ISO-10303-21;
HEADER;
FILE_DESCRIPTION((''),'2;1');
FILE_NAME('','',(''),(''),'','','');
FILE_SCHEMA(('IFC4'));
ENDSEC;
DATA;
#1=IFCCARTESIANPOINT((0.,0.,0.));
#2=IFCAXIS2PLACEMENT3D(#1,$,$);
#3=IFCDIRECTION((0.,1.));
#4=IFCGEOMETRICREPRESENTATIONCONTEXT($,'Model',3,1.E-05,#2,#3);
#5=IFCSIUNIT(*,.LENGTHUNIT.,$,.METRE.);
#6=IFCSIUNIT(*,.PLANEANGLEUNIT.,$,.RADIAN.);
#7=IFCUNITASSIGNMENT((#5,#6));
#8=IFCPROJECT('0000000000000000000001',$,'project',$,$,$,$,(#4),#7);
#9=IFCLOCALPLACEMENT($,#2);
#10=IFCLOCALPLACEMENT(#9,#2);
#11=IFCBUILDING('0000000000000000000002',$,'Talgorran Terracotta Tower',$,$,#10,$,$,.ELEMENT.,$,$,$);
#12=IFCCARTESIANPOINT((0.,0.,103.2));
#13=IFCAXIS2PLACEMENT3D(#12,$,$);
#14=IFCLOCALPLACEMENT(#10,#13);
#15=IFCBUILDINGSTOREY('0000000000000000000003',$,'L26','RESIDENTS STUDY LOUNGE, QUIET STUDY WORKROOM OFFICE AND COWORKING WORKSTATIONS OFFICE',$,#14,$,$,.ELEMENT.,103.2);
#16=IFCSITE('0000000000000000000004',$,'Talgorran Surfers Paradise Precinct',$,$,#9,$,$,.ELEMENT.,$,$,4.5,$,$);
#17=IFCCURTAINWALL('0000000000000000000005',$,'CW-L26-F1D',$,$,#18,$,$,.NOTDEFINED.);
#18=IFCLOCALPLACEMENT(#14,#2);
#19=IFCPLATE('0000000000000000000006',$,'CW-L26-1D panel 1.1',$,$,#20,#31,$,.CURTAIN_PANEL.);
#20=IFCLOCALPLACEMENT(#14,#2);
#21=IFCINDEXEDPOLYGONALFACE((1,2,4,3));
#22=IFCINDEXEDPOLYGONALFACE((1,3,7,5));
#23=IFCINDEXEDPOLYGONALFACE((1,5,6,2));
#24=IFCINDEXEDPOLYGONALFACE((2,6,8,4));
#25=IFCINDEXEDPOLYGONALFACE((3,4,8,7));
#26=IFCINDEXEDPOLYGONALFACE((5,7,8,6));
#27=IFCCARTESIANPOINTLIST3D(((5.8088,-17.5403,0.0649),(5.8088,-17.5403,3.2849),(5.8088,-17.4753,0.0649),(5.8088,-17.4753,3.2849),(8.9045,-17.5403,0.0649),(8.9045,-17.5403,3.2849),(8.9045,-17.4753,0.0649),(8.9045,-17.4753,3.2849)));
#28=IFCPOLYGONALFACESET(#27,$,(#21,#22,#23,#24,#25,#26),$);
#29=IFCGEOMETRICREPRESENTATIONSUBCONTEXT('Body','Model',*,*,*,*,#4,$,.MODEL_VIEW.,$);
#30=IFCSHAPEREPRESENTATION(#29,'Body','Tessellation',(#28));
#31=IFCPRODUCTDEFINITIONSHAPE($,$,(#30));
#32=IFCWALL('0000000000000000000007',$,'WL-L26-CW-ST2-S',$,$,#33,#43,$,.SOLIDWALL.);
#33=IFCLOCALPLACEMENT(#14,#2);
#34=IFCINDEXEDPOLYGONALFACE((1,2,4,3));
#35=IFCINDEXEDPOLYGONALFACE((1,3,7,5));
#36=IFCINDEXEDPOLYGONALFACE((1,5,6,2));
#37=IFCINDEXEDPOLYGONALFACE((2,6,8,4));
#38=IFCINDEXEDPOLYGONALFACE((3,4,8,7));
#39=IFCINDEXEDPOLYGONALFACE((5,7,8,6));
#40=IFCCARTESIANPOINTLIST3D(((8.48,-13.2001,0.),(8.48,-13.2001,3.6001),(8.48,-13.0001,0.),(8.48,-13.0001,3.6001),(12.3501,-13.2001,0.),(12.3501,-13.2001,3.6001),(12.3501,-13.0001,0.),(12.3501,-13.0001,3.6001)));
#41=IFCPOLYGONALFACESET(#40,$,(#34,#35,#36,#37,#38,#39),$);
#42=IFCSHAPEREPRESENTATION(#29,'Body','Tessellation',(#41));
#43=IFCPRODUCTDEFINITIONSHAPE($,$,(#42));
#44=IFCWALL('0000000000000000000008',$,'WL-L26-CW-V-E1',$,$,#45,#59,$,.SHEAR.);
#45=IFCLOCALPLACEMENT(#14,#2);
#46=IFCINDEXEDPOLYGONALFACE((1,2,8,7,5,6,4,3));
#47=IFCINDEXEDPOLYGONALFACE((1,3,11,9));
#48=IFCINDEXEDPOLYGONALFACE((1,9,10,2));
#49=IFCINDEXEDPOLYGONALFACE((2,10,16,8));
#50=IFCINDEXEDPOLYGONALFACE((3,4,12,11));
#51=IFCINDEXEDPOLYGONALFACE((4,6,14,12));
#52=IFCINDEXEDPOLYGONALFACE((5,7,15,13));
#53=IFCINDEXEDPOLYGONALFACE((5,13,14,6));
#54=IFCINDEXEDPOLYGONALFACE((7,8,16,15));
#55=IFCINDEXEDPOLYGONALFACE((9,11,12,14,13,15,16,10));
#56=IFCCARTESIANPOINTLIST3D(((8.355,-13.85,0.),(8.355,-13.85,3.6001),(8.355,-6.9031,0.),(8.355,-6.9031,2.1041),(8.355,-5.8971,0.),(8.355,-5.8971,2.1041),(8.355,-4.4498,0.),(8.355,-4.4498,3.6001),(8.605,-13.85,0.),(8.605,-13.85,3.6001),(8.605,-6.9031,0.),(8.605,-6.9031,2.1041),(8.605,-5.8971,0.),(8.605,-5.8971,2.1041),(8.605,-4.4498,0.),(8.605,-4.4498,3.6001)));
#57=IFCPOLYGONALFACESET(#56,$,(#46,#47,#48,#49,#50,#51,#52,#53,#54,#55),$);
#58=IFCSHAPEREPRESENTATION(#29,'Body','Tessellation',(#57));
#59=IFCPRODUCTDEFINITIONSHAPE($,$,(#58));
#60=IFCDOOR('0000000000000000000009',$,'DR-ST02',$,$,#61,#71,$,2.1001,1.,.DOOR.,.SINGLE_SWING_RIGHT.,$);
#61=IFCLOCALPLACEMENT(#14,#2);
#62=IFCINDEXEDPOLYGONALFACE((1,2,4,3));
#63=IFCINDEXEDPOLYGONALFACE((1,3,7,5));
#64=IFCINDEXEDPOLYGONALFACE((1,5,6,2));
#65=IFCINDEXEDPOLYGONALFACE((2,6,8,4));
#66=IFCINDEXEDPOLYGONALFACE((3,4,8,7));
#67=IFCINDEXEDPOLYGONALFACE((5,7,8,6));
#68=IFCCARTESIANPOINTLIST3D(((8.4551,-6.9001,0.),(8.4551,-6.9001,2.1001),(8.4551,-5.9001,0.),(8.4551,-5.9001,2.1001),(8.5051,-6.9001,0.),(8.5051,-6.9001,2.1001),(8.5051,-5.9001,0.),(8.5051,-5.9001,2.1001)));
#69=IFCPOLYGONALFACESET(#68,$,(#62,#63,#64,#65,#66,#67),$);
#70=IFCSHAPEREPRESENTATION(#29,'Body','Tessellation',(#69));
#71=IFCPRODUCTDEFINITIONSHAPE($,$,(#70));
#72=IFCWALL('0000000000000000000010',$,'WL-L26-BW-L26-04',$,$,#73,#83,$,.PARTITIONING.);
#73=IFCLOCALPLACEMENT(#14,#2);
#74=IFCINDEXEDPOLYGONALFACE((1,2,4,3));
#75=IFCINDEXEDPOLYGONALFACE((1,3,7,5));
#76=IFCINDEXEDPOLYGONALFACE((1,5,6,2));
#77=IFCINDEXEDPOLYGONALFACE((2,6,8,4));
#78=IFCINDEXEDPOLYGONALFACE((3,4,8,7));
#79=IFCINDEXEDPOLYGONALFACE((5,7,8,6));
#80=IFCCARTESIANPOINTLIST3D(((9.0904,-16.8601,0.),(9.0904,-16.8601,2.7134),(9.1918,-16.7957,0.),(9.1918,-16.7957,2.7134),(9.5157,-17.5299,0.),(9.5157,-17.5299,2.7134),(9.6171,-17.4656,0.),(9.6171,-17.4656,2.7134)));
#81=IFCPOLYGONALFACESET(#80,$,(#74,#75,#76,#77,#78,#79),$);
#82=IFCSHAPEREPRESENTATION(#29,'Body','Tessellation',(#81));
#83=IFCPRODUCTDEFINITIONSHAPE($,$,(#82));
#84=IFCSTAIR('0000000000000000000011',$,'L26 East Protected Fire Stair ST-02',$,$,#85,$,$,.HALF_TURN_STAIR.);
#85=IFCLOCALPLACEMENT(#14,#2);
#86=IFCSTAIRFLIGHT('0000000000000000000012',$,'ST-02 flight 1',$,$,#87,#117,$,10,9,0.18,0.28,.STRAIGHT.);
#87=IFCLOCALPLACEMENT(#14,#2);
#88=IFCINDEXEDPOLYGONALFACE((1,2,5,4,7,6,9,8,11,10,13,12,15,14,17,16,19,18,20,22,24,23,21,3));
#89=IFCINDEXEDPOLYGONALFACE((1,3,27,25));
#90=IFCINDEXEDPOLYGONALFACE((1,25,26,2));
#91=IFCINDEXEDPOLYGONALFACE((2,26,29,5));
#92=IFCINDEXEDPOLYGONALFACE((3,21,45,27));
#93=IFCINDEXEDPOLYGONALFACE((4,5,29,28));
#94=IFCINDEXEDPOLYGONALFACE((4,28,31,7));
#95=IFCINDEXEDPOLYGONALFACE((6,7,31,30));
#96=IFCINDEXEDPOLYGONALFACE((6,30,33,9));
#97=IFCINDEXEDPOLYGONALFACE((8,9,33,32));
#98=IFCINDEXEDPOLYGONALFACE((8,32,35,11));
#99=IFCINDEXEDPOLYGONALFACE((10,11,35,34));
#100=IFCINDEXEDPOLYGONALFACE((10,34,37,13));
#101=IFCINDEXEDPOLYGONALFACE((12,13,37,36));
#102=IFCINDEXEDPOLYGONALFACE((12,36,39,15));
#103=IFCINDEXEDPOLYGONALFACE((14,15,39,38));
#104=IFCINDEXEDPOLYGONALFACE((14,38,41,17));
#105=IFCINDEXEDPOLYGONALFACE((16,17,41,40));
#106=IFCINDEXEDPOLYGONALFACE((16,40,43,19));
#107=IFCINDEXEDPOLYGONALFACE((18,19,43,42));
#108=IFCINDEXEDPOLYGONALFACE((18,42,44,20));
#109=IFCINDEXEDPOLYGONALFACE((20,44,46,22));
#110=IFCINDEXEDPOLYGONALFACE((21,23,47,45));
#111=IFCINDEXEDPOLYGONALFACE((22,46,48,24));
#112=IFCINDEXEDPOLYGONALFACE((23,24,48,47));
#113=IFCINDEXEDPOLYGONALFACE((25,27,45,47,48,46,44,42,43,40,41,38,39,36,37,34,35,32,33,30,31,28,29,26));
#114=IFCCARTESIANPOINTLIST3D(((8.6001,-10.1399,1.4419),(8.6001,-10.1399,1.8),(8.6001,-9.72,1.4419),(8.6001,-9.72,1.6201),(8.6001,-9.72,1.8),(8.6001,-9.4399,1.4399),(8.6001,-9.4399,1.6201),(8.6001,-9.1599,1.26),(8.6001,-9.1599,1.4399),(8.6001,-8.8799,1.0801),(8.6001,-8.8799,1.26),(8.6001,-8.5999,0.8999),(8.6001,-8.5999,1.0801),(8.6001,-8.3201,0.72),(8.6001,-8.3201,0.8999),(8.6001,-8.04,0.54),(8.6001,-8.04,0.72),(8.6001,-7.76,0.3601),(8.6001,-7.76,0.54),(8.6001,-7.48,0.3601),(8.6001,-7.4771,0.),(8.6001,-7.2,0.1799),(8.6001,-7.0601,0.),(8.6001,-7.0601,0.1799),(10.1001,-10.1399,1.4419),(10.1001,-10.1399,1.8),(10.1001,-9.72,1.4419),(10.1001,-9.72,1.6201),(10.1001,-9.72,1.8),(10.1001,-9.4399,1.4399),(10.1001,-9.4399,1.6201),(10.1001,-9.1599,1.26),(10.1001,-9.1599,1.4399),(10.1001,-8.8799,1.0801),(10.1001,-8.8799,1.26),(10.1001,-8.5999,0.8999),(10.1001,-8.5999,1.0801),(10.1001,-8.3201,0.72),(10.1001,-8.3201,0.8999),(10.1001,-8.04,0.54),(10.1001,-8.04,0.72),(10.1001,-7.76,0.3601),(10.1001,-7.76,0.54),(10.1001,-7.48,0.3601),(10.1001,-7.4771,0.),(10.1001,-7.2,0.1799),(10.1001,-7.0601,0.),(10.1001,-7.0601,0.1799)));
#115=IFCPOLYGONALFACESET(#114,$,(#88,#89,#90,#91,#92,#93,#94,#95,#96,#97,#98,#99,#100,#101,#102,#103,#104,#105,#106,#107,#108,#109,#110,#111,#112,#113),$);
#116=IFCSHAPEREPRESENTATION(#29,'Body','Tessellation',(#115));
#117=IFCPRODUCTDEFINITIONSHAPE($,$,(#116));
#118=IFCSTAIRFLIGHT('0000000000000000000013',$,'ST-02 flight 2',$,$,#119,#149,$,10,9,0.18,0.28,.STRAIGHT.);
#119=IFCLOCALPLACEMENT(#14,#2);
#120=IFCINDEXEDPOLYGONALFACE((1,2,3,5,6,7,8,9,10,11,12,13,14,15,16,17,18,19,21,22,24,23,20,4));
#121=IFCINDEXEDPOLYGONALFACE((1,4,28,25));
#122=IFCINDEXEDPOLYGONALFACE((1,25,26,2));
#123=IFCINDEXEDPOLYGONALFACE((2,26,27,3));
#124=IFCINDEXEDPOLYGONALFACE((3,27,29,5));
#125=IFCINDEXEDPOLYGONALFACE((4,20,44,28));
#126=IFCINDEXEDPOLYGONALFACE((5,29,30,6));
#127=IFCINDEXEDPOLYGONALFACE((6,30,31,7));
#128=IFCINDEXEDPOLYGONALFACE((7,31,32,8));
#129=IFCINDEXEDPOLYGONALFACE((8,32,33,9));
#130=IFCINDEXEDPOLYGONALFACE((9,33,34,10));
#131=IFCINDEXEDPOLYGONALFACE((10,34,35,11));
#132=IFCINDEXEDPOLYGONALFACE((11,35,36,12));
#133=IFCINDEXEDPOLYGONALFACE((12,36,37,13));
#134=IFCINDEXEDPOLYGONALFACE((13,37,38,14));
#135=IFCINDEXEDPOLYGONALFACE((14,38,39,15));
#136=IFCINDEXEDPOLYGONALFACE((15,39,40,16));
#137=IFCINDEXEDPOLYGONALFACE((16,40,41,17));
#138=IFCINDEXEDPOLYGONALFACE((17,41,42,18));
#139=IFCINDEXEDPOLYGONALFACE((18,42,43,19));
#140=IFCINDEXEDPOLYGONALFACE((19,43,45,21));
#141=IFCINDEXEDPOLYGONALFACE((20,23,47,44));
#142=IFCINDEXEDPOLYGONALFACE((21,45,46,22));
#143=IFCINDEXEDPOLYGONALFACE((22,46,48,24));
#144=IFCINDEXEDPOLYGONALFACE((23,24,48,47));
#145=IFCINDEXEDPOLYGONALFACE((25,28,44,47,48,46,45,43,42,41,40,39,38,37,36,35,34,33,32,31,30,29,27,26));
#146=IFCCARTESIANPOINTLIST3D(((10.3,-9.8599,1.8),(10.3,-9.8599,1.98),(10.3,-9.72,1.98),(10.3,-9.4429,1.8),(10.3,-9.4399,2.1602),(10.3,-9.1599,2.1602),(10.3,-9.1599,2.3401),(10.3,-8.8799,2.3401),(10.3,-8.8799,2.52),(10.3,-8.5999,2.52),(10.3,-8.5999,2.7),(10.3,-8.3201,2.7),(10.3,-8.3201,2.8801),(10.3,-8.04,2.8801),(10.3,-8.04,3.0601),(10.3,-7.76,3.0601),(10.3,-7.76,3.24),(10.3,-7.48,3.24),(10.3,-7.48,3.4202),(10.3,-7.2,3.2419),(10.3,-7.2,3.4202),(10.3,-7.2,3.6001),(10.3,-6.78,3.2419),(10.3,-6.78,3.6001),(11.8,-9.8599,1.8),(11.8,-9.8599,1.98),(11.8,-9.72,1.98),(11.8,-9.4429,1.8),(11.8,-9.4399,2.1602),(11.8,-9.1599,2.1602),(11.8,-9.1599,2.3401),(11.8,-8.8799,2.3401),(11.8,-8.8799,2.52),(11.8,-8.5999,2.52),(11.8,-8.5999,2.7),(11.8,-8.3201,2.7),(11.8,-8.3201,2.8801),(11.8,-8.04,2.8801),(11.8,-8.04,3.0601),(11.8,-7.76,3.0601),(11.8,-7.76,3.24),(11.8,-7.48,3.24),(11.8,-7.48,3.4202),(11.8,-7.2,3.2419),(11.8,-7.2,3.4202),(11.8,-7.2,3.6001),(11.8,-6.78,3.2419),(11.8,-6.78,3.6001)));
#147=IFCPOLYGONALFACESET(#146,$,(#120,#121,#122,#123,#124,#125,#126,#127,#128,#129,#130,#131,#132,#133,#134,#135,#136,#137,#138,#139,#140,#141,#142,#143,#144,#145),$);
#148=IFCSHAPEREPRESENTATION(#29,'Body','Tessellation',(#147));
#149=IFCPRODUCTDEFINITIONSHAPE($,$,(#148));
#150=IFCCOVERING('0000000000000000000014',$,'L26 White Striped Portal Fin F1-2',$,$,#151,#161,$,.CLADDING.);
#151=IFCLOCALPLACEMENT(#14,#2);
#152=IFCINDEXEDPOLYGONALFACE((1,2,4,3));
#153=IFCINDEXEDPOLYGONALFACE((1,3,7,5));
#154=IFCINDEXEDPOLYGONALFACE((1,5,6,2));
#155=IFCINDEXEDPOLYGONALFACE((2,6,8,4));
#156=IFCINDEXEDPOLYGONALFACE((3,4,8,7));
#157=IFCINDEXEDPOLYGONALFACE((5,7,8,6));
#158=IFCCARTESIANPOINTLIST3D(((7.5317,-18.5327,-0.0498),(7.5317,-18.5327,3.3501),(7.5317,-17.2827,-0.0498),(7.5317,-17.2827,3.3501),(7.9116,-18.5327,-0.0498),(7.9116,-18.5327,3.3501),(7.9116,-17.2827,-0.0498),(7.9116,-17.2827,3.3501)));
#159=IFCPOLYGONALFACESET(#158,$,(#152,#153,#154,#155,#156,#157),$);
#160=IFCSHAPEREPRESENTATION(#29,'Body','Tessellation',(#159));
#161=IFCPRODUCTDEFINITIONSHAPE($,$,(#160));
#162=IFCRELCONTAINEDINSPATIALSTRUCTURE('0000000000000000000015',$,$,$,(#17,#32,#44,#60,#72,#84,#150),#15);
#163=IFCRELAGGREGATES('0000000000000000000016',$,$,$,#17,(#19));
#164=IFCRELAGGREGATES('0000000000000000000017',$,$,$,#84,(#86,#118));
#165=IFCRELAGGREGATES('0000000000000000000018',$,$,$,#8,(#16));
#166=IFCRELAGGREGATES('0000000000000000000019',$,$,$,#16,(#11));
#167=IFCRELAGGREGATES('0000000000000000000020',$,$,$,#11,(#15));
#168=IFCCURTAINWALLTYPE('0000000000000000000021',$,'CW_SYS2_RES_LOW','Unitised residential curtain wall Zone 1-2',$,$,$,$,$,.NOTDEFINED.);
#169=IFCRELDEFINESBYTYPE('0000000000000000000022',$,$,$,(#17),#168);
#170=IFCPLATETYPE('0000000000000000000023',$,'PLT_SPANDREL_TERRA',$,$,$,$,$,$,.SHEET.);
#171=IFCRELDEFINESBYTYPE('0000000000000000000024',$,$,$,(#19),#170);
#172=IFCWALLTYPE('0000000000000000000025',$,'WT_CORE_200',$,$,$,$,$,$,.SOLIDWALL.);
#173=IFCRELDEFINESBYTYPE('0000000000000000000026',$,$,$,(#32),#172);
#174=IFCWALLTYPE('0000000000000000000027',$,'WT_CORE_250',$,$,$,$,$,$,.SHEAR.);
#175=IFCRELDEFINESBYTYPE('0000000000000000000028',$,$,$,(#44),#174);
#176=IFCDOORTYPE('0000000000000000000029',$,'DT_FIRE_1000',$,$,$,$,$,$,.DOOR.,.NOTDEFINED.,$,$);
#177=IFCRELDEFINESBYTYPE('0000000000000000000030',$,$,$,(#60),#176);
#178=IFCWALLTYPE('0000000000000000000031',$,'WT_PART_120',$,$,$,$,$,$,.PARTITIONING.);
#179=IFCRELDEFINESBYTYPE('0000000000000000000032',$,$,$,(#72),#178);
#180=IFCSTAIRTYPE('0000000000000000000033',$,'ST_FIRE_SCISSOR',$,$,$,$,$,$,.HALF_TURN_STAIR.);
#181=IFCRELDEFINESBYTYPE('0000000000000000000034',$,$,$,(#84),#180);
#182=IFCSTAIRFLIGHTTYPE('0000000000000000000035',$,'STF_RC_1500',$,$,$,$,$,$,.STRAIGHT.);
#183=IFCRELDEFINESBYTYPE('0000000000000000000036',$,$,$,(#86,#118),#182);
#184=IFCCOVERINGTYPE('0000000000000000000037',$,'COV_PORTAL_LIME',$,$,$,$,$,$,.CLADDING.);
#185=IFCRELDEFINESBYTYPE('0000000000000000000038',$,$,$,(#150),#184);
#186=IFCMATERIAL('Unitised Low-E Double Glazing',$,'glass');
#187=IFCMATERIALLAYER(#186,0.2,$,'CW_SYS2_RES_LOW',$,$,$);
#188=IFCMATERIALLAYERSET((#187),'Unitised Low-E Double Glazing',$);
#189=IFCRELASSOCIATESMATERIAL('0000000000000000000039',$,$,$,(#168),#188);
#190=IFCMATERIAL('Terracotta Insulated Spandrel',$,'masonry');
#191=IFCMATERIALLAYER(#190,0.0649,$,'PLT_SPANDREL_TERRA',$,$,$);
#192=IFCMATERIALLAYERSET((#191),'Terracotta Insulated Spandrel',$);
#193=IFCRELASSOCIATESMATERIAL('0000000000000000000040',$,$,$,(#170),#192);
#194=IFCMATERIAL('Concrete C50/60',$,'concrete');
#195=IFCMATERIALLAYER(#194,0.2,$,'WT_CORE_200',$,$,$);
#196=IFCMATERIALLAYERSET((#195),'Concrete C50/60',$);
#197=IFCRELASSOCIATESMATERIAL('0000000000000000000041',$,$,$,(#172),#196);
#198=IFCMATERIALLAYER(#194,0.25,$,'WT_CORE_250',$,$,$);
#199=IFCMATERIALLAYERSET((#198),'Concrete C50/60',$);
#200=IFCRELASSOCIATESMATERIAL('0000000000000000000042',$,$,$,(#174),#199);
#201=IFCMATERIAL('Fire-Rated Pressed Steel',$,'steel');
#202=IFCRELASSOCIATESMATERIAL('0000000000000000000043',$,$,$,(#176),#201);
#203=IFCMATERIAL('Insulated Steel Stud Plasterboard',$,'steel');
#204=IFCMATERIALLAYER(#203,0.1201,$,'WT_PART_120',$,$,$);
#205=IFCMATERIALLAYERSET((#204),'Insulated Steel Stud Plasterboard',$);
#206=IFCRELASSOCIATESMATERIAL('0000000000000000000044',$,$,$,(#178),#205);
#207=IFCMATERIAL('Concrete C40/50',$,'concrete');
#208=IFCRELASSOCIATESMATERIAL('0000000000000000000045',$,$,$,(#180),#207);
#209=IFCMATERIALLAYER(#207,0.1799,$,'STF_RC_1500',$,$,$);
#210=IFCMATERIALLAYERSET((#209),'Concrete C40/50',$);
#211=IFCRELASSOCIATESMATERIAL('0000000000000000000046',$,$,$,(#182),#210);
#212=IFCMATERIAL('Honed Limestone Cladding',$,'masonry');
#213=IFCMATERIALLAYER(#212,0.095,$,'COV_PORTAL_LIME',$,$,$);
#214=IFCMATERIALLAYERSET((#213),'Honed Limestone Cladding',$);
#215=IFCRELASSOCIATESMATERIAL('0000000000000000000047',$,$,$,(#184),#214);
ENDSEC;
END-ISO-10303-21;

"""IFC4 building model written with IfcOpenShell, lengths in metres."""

from ifc_helpers import new_model, si_unit, direction, frame, frame_2d, origin, origin_2d, place, context, subcontext, project, spatial, polyline, rectangle, outline, extrude, source, transform, mapped, material, layer, layer_set, type_object, type_shapes, element, fill, aggregate, save


model = new_model("IFC4")

# Units and contexts
model_context = context("Model", 3, precision=1e-05, world=origin(), true_north=direction((0.0, 1.0)))
body_context = subcontext(model_context, "Body", "Model", "MODEL_VIEW")
ifc_project = project(units=[si_unit("LENGTHUNIT", "METRE"), si_unit("PLANEANGLEUNIT", "RADIAN")], contexts=[model_context])

# Site, building, storey
site_placement = place(None, origin())
site = spatial("IfcSite", under=ifc_project, at=site_placement, Name="Talgorran Surfers Paradise Precinct", CompositionType="ELEMENT", RefElevation=4.5)
building_placement = place(site_placement, origin())
building = spatial("IfcBuilding", under=site, at=building_placement, Name="Talgorran Terracotta Tower", CompositionType="ELEMENT")
storey_placement = place(building_placement, frame((0.0, 0.0, 103.2)))
storey = spatial("IfcBuildingStorey", under=building, at=storey_placement, Name="L26", Description="RESIDENTS STUDY LOUNGE, QUIET STUDY WORKROOM OFFICE AND COWORKING WORKSTATIONS OFFICE", CompositionType="ELEMENT", Elevation=103.2)

# Curtain wall
ifc_material_1 = material(Name="Unitised Low-E Double Glazing", Category="glass")
ifc_layer_1 = layer(ifc_material_1, 0.2, Name="CW_SYS2_RES_LOW")
ifc_layer_set_1 = layer_set([ifc_layer_1], Name="Unitised Low-E Double Glazing")
curtain_wall_type = type_object("IfcCurtainWallType", Name="CW_SYS2_RES_LOW", Description="Unitised residential curtain wall Zone 1-2", PredefinedType="NOTDEFINED", material=ifc_layer_set_1)
curtain_wall_1_placement = place(storey_placement, origin())
curtain_wall_1 = element("IfcCurtainWall", 1, at=curtain_wall_1_placement, inside=storey, type_object=curtain_wall_type, Name="CW-L26-F1D", PredefinedType="NOTDEFINED")

# Plate
ifc_material_2 = material(Name="Terracotta Insulated Spandrel", Category="masonry")
ifc_layer_2 = layer(ifc_material_2, 0.0649, Name="PLT_SPANDREL_TERRA")
ifc_layer_set_2 = layer_set([ifc_layer_2], Name="Terracotta Insulated Spandrel")
plate_type_1 = type_object("IfcPlateType", Name="PLT_SPANDREL_TERRA", PredefinedType="SHEET", material=ifc_layer_set_2)
shared_shape = source(origin(), body_context, "Body", "SweptSolid", [
    extrude(rectangle(XDim=3.0957, YDim=0.0649, at=origin_2d()), origin(), (0.0, 0.0, 1.0), 3.22),
])
type_shapes(plate_type_1, [shared_shape])
plate_1_placement = place(storey_placement, frame((7.3567, -17.5078, 0.0649), z_axis=(0.0, 0.0, 1.0), x_axis=(1.0, 0.0, 0.0)))
plate_1 = element("IfcPlate", 2, at=plate_1_placement, type_object=plate_type_1, Name="CW-L26-1D panel 1.1", PredefinedType="CURTAIN_PANEL", context=body_context, shape_type="MappedRepresentation", body=[
    mapped(shared_shape, transform((0.0, 0.0, 0.0), scale=1.0)),
])
aggregate(curtain_wall_1, [plate_1])

# Wall
ifc_material_3 = material(Name="Concrete C50/60", Category="concrete")
ifc_layer_3 = layer(ifc_material_3, 0.2, Name="WT_CORE_200")
ifc_layer_set_3 = layer_set([ifc_layer_3], Name="Concrete C50/60")
wall_type_1 = type_object("IfcWallType", Name="WT_CORE_200", PredefinedType="SOLIDWALL", material=ifc_layer_set_3)
wall_1_placement = place(storey_placement, frame((8.48, -13.1001, 0.0), z_axis=(0.0, 0.0, 1.0), x_axis=(1.0, 0.0, 0.0)))
element("IfcWall", 3, at=wall_1_placement, inside=storey, type_object=wall_type_1, Name="WL-L26-CW-ST2-S", PredefinedType="SOLIDWALL", context=body_context, shape_type="SweptSolid", body=[
    extrude(rectangle(XDim=3.8701, YDim=0.2, at=frame_2d((1.9351, 0.0))), origin(), (0.0, 0.0, 1.0), 3.6001),
])

# Wall, opening, door
ifc_layer_4 = layer(ifc_material_3, 0.25, Name="WT_CORE_250")
ifc_layer_set_4 = layer_set([ifc_layer_4], Name="Concrete C50/60")
wall_type_2 = type_object("IfcWallType", Name="WT_CORE_250", PredefinedType="SHEAR", material=ifc_layer_set_4)
wall_2_placement = place(storey_placement, frame((8.48, -13.8501, 0.0), z_axis=(0.0, 0.0, 1.0), x_axis=(0.0, 1.0, 0.0)))
wall_2 = element("IfcWall", 4, at=wall_2_placement, inside=storey, type_object=wall_type_2, Name="WL-L26-CW-V-E1", PredefinedType="SHEAR", context=body_context, shape_type="SweptSolid", body=[
    extrude(rectangle(XDim=9.4001, YDim=0.25, at=frame_2d((4.7002, 0.0))), origin(), (0.0, 0.0, 1.0), 3.6001),
])
opening_placement = place(wall_2_placement, frame((6.95, 0.0, 0.0)))
opening = element("IfcOpeningElement", 5, at=opening_placement, cuts=wall_2, PredefinedType="OPENING", context=body_context, shape_type="SweptSolid", body=[
    extrude(rectangle(XDim=1.006, YDim=2.1041, at=frame_2d((0.5, 1.052))), frame((0.0, 0.135, 0.0), z_axis=(0.0, -1.0, 0.0), x_axis=(1.0, 0.0, 0.0)), (0.0, 0.0, 1.0), 0.27),
])
ifc_material_4 = material(Name="Fire-Rated Pressed Steel", Category="steel")
door_type = type_object("IfcDoorType", Name="DT_FIRE_1000", OperationType="NOTDEFINED", PredefinedType="DOOR", material=ifc_material_4)
door_placement = place(opening_placement, origin())
door = element("IfcDoor", 6, at=door_placement, inside=storey, type_object=door_type, Name="DR-ST02", OperationType="SINGLE_SWING_RIGHT", OverallHeight=2.1001, OverallWidth=1.0, PredefinedType="DOOR", context=body_context, shape_type="SweptSolid", body=[
    extrude(rectangle(XDim=1.0, YDim=2.1001, at=frame_2d((0.5, 1.05))), frame((0.0, 0.0249, 0.0), z_axis=(0.0, -1.0, 0.0), x_axis=(1.0, 0.0, 0.0)), (0.0, 0.0, 1.0), 0.05),
])
fill(opening, door)

# Wall
ifc_material_5 = material(Name="Insulated Steel Stud Plasterboard", Category="steel")
ifc_layer_5 = layer(ifc_material_5, 0.1201, Name="WT_PART_120")
ifc_layer_set_5 = layer_set([ifc_layer_5], Name="Insulated Steel Stud Plasterboard")
wall_type_3 = type_object("IfcWallType", Name="WT_PART_120", PredefinedType="PARTITIONING", material=ifc_layer_set_5)
wall_3_placement = place(storey_placement, frame((9.1411, -16.8279, 0.0), z_axis=(0.0, 0.0, 1.0), x_axis=(0.535959, -0.844244, 0.0)))
element("IfcWall", 7, at=wall_3_placement, inside=storey, type_object=wall_type_3, Name="WL-L26-BW-L26-04", PredefinedType="PARTITIONING", context=body_context, shape_type="SweptSolid", body=[
    extrude(rectangle(XDim=0.7935, YDim=0.1201, at=frame_2d((0.3967, 0.0))), origin(), (0.0, 0.0, 1.0), 2.7134),
])

# Stair, stair flights
ifc_material_6 = material(Name="Concrete C40/50", Category="concrete")
stair_type = type_object("IfcStairType", Name="ST_FIRE_SCISSOR", PredefinedType="HALF_TURN_STAIR", material=ifc_material_6)
stair_placement = place(storey_placement, origin())
stair = element("IfcStair", 8, at=stair_placement, inside=storey, type_object=stair_type, Name="L26 East Protected Fire Stair ST-02", PredefinedType="HALF_TURN_STAIR")
ifc_layer_6 = layer(ifc_material_6, 0.1799, Name="STF_RC_1500")
ifc_layer_set_6 = layer_set([ifc_layer_6], Name="Concrete C40/50")
stair_flight_type = type_object("IfcStairFlightType", Name="STF_RC_1500", PredefinedType="STRAIGHT", material=ifc_layer_set_6)
stair_flight_1_placement = place(storey_placement, frame((9.3501, -7.2, 0.0), z_axis=(0.0, 0.0, 1.0), x_axis=(0.0, -1.0, 0.0)))
stair_flight_1 = element("IfcStairFlight", 9, at=stair_flight_1_placement, type_object=stair_flight_type, Name="ST-02 flight 1", NumberOfRisers=10, NumberOfTreads=9, PredefinedType="STRAIGHT", RiserHeight=0.18, TreadLength=0.28, context=body_context, shape_type="SweptSolid", body=[
    extrude(outline(polyline([(-0.1399, 0.0), (-0.1399, 0.1799), (0.0, 0.1799), (0.28, 0.3601), (0.5601, 0.3601), (0.5601, 0.54), (0.8401, 0.54), (0.8401, 0.72), (1.1201, 0.72), (1.1201, 0.8999), (1.3999, 0.8999), (1.3999, 1.0801), (1.6799, 1.0801), (1.6799, 1.26), (1.96, 1.26), (1.96, 1.4399), (2.24, 1.4399), (2.24, 1.6201), (2.52, 1.6201), (2.52, 1.8), (2.9399, 1.8), (2.9399, 1.4419), (2.52, 1.4419), (0.2771, 0.0), (-0.1399, 0.0)])), frame((0.0, 0.75, 0.0), z_axis=(0.0, -1.0, 0.0), x_axis=(1.0, 0.0, 0.0)), (0.0, 0.0, 1.0), 1.5),
])
stair_flight_2_placement = place(storey_placement, frame((11.05, -9.72, 1.8), z_axis=(0.0, 0.0, 1.0), x_axis=(0.0, 1.0, 0.0)))
stair_flight_2 = element("IfcStairFlight", 10, at=stair_flight_2_placement, type_object=stair_flight_type, Name="ST-02 flight 2", NumberOfRisers=10, NumberOfTreads=9, PredefinedType="STRAIGHT", RiserHeight=0.18, TreadLength=0.28, context=body_context, shape_type="SweptSolid", body=[
    extrude(outline(polyline([(-0.1399, 0.0), (-0.1399, 0.1799), (0.0, 0.1799), (0.28, 0.3601), (0.5601, 0.3601), (0.5601, 0.54), (0.8401, 0.54), (0.8401, 0.72), (1.1201, 0.72), (1.1201, 0.8999), (1.3999, 0.8999), (1.3999, 1.0801), (1.6799, 1.0801), (1.6799, 1.26), (1.96, 1.26), (1.96, 1.4399), (2.24, 1.4399), (2.24, 1.6201), (2.52, 1.6201), (2.52, 1.8), (2.9399, 1.8), (2.9399, 1.4419), (2.52, 1.4419), (0.2771, 0.0), (-0.1399, 0.0)])), frame((0.0, 0.75, 0.0), z_axis=(0.0, -1.0, 0.0), x_axis=(1.0, 0.0, 0.0)), (0.0, 0.0, 1.0), 1.5),
])
aggregate(stair, [stair_flight_1, stair_flight_2])

# Covering
ifc_material_7 = material(Name="Honed Limestone Cladding", Category="masonry")
ifc_layer_7 = layer(ifc_material_7, 0.095, Name="COV_PORTAL_LIME")
ifc_layer_set_7 = layer_set([ifc_layer_7], Name="Honed Limestone Cladding")
covering_type = type_object("IfcCoveringType", Name="COV_PORTAL_LIME", PredefinedType="CLADDING", material=ifc_layer_set_7)
covering_placement = place(storey_placement, frame((7.7217, -17.9077, -0.0498), z_axis=(0.0, 0.0, 1.0), x_axis=(1.0, 0.0, 0.0)))
element("IfcCovering", 11, at=covering_placement, inside=storey, type_object=covering_type, Name="L26 White Striped Portal Fin F1-2", PredefinedType="CLADDING", context=body_context, shape_type="SweptSolid", body=[
    extrude(rectangle(XDim=0.3799, YDim=1.25, at=origin_2d()), origin(), (0.0, 0.0, 1.0), 3.3999),
])

save(model, "model.ifc")
